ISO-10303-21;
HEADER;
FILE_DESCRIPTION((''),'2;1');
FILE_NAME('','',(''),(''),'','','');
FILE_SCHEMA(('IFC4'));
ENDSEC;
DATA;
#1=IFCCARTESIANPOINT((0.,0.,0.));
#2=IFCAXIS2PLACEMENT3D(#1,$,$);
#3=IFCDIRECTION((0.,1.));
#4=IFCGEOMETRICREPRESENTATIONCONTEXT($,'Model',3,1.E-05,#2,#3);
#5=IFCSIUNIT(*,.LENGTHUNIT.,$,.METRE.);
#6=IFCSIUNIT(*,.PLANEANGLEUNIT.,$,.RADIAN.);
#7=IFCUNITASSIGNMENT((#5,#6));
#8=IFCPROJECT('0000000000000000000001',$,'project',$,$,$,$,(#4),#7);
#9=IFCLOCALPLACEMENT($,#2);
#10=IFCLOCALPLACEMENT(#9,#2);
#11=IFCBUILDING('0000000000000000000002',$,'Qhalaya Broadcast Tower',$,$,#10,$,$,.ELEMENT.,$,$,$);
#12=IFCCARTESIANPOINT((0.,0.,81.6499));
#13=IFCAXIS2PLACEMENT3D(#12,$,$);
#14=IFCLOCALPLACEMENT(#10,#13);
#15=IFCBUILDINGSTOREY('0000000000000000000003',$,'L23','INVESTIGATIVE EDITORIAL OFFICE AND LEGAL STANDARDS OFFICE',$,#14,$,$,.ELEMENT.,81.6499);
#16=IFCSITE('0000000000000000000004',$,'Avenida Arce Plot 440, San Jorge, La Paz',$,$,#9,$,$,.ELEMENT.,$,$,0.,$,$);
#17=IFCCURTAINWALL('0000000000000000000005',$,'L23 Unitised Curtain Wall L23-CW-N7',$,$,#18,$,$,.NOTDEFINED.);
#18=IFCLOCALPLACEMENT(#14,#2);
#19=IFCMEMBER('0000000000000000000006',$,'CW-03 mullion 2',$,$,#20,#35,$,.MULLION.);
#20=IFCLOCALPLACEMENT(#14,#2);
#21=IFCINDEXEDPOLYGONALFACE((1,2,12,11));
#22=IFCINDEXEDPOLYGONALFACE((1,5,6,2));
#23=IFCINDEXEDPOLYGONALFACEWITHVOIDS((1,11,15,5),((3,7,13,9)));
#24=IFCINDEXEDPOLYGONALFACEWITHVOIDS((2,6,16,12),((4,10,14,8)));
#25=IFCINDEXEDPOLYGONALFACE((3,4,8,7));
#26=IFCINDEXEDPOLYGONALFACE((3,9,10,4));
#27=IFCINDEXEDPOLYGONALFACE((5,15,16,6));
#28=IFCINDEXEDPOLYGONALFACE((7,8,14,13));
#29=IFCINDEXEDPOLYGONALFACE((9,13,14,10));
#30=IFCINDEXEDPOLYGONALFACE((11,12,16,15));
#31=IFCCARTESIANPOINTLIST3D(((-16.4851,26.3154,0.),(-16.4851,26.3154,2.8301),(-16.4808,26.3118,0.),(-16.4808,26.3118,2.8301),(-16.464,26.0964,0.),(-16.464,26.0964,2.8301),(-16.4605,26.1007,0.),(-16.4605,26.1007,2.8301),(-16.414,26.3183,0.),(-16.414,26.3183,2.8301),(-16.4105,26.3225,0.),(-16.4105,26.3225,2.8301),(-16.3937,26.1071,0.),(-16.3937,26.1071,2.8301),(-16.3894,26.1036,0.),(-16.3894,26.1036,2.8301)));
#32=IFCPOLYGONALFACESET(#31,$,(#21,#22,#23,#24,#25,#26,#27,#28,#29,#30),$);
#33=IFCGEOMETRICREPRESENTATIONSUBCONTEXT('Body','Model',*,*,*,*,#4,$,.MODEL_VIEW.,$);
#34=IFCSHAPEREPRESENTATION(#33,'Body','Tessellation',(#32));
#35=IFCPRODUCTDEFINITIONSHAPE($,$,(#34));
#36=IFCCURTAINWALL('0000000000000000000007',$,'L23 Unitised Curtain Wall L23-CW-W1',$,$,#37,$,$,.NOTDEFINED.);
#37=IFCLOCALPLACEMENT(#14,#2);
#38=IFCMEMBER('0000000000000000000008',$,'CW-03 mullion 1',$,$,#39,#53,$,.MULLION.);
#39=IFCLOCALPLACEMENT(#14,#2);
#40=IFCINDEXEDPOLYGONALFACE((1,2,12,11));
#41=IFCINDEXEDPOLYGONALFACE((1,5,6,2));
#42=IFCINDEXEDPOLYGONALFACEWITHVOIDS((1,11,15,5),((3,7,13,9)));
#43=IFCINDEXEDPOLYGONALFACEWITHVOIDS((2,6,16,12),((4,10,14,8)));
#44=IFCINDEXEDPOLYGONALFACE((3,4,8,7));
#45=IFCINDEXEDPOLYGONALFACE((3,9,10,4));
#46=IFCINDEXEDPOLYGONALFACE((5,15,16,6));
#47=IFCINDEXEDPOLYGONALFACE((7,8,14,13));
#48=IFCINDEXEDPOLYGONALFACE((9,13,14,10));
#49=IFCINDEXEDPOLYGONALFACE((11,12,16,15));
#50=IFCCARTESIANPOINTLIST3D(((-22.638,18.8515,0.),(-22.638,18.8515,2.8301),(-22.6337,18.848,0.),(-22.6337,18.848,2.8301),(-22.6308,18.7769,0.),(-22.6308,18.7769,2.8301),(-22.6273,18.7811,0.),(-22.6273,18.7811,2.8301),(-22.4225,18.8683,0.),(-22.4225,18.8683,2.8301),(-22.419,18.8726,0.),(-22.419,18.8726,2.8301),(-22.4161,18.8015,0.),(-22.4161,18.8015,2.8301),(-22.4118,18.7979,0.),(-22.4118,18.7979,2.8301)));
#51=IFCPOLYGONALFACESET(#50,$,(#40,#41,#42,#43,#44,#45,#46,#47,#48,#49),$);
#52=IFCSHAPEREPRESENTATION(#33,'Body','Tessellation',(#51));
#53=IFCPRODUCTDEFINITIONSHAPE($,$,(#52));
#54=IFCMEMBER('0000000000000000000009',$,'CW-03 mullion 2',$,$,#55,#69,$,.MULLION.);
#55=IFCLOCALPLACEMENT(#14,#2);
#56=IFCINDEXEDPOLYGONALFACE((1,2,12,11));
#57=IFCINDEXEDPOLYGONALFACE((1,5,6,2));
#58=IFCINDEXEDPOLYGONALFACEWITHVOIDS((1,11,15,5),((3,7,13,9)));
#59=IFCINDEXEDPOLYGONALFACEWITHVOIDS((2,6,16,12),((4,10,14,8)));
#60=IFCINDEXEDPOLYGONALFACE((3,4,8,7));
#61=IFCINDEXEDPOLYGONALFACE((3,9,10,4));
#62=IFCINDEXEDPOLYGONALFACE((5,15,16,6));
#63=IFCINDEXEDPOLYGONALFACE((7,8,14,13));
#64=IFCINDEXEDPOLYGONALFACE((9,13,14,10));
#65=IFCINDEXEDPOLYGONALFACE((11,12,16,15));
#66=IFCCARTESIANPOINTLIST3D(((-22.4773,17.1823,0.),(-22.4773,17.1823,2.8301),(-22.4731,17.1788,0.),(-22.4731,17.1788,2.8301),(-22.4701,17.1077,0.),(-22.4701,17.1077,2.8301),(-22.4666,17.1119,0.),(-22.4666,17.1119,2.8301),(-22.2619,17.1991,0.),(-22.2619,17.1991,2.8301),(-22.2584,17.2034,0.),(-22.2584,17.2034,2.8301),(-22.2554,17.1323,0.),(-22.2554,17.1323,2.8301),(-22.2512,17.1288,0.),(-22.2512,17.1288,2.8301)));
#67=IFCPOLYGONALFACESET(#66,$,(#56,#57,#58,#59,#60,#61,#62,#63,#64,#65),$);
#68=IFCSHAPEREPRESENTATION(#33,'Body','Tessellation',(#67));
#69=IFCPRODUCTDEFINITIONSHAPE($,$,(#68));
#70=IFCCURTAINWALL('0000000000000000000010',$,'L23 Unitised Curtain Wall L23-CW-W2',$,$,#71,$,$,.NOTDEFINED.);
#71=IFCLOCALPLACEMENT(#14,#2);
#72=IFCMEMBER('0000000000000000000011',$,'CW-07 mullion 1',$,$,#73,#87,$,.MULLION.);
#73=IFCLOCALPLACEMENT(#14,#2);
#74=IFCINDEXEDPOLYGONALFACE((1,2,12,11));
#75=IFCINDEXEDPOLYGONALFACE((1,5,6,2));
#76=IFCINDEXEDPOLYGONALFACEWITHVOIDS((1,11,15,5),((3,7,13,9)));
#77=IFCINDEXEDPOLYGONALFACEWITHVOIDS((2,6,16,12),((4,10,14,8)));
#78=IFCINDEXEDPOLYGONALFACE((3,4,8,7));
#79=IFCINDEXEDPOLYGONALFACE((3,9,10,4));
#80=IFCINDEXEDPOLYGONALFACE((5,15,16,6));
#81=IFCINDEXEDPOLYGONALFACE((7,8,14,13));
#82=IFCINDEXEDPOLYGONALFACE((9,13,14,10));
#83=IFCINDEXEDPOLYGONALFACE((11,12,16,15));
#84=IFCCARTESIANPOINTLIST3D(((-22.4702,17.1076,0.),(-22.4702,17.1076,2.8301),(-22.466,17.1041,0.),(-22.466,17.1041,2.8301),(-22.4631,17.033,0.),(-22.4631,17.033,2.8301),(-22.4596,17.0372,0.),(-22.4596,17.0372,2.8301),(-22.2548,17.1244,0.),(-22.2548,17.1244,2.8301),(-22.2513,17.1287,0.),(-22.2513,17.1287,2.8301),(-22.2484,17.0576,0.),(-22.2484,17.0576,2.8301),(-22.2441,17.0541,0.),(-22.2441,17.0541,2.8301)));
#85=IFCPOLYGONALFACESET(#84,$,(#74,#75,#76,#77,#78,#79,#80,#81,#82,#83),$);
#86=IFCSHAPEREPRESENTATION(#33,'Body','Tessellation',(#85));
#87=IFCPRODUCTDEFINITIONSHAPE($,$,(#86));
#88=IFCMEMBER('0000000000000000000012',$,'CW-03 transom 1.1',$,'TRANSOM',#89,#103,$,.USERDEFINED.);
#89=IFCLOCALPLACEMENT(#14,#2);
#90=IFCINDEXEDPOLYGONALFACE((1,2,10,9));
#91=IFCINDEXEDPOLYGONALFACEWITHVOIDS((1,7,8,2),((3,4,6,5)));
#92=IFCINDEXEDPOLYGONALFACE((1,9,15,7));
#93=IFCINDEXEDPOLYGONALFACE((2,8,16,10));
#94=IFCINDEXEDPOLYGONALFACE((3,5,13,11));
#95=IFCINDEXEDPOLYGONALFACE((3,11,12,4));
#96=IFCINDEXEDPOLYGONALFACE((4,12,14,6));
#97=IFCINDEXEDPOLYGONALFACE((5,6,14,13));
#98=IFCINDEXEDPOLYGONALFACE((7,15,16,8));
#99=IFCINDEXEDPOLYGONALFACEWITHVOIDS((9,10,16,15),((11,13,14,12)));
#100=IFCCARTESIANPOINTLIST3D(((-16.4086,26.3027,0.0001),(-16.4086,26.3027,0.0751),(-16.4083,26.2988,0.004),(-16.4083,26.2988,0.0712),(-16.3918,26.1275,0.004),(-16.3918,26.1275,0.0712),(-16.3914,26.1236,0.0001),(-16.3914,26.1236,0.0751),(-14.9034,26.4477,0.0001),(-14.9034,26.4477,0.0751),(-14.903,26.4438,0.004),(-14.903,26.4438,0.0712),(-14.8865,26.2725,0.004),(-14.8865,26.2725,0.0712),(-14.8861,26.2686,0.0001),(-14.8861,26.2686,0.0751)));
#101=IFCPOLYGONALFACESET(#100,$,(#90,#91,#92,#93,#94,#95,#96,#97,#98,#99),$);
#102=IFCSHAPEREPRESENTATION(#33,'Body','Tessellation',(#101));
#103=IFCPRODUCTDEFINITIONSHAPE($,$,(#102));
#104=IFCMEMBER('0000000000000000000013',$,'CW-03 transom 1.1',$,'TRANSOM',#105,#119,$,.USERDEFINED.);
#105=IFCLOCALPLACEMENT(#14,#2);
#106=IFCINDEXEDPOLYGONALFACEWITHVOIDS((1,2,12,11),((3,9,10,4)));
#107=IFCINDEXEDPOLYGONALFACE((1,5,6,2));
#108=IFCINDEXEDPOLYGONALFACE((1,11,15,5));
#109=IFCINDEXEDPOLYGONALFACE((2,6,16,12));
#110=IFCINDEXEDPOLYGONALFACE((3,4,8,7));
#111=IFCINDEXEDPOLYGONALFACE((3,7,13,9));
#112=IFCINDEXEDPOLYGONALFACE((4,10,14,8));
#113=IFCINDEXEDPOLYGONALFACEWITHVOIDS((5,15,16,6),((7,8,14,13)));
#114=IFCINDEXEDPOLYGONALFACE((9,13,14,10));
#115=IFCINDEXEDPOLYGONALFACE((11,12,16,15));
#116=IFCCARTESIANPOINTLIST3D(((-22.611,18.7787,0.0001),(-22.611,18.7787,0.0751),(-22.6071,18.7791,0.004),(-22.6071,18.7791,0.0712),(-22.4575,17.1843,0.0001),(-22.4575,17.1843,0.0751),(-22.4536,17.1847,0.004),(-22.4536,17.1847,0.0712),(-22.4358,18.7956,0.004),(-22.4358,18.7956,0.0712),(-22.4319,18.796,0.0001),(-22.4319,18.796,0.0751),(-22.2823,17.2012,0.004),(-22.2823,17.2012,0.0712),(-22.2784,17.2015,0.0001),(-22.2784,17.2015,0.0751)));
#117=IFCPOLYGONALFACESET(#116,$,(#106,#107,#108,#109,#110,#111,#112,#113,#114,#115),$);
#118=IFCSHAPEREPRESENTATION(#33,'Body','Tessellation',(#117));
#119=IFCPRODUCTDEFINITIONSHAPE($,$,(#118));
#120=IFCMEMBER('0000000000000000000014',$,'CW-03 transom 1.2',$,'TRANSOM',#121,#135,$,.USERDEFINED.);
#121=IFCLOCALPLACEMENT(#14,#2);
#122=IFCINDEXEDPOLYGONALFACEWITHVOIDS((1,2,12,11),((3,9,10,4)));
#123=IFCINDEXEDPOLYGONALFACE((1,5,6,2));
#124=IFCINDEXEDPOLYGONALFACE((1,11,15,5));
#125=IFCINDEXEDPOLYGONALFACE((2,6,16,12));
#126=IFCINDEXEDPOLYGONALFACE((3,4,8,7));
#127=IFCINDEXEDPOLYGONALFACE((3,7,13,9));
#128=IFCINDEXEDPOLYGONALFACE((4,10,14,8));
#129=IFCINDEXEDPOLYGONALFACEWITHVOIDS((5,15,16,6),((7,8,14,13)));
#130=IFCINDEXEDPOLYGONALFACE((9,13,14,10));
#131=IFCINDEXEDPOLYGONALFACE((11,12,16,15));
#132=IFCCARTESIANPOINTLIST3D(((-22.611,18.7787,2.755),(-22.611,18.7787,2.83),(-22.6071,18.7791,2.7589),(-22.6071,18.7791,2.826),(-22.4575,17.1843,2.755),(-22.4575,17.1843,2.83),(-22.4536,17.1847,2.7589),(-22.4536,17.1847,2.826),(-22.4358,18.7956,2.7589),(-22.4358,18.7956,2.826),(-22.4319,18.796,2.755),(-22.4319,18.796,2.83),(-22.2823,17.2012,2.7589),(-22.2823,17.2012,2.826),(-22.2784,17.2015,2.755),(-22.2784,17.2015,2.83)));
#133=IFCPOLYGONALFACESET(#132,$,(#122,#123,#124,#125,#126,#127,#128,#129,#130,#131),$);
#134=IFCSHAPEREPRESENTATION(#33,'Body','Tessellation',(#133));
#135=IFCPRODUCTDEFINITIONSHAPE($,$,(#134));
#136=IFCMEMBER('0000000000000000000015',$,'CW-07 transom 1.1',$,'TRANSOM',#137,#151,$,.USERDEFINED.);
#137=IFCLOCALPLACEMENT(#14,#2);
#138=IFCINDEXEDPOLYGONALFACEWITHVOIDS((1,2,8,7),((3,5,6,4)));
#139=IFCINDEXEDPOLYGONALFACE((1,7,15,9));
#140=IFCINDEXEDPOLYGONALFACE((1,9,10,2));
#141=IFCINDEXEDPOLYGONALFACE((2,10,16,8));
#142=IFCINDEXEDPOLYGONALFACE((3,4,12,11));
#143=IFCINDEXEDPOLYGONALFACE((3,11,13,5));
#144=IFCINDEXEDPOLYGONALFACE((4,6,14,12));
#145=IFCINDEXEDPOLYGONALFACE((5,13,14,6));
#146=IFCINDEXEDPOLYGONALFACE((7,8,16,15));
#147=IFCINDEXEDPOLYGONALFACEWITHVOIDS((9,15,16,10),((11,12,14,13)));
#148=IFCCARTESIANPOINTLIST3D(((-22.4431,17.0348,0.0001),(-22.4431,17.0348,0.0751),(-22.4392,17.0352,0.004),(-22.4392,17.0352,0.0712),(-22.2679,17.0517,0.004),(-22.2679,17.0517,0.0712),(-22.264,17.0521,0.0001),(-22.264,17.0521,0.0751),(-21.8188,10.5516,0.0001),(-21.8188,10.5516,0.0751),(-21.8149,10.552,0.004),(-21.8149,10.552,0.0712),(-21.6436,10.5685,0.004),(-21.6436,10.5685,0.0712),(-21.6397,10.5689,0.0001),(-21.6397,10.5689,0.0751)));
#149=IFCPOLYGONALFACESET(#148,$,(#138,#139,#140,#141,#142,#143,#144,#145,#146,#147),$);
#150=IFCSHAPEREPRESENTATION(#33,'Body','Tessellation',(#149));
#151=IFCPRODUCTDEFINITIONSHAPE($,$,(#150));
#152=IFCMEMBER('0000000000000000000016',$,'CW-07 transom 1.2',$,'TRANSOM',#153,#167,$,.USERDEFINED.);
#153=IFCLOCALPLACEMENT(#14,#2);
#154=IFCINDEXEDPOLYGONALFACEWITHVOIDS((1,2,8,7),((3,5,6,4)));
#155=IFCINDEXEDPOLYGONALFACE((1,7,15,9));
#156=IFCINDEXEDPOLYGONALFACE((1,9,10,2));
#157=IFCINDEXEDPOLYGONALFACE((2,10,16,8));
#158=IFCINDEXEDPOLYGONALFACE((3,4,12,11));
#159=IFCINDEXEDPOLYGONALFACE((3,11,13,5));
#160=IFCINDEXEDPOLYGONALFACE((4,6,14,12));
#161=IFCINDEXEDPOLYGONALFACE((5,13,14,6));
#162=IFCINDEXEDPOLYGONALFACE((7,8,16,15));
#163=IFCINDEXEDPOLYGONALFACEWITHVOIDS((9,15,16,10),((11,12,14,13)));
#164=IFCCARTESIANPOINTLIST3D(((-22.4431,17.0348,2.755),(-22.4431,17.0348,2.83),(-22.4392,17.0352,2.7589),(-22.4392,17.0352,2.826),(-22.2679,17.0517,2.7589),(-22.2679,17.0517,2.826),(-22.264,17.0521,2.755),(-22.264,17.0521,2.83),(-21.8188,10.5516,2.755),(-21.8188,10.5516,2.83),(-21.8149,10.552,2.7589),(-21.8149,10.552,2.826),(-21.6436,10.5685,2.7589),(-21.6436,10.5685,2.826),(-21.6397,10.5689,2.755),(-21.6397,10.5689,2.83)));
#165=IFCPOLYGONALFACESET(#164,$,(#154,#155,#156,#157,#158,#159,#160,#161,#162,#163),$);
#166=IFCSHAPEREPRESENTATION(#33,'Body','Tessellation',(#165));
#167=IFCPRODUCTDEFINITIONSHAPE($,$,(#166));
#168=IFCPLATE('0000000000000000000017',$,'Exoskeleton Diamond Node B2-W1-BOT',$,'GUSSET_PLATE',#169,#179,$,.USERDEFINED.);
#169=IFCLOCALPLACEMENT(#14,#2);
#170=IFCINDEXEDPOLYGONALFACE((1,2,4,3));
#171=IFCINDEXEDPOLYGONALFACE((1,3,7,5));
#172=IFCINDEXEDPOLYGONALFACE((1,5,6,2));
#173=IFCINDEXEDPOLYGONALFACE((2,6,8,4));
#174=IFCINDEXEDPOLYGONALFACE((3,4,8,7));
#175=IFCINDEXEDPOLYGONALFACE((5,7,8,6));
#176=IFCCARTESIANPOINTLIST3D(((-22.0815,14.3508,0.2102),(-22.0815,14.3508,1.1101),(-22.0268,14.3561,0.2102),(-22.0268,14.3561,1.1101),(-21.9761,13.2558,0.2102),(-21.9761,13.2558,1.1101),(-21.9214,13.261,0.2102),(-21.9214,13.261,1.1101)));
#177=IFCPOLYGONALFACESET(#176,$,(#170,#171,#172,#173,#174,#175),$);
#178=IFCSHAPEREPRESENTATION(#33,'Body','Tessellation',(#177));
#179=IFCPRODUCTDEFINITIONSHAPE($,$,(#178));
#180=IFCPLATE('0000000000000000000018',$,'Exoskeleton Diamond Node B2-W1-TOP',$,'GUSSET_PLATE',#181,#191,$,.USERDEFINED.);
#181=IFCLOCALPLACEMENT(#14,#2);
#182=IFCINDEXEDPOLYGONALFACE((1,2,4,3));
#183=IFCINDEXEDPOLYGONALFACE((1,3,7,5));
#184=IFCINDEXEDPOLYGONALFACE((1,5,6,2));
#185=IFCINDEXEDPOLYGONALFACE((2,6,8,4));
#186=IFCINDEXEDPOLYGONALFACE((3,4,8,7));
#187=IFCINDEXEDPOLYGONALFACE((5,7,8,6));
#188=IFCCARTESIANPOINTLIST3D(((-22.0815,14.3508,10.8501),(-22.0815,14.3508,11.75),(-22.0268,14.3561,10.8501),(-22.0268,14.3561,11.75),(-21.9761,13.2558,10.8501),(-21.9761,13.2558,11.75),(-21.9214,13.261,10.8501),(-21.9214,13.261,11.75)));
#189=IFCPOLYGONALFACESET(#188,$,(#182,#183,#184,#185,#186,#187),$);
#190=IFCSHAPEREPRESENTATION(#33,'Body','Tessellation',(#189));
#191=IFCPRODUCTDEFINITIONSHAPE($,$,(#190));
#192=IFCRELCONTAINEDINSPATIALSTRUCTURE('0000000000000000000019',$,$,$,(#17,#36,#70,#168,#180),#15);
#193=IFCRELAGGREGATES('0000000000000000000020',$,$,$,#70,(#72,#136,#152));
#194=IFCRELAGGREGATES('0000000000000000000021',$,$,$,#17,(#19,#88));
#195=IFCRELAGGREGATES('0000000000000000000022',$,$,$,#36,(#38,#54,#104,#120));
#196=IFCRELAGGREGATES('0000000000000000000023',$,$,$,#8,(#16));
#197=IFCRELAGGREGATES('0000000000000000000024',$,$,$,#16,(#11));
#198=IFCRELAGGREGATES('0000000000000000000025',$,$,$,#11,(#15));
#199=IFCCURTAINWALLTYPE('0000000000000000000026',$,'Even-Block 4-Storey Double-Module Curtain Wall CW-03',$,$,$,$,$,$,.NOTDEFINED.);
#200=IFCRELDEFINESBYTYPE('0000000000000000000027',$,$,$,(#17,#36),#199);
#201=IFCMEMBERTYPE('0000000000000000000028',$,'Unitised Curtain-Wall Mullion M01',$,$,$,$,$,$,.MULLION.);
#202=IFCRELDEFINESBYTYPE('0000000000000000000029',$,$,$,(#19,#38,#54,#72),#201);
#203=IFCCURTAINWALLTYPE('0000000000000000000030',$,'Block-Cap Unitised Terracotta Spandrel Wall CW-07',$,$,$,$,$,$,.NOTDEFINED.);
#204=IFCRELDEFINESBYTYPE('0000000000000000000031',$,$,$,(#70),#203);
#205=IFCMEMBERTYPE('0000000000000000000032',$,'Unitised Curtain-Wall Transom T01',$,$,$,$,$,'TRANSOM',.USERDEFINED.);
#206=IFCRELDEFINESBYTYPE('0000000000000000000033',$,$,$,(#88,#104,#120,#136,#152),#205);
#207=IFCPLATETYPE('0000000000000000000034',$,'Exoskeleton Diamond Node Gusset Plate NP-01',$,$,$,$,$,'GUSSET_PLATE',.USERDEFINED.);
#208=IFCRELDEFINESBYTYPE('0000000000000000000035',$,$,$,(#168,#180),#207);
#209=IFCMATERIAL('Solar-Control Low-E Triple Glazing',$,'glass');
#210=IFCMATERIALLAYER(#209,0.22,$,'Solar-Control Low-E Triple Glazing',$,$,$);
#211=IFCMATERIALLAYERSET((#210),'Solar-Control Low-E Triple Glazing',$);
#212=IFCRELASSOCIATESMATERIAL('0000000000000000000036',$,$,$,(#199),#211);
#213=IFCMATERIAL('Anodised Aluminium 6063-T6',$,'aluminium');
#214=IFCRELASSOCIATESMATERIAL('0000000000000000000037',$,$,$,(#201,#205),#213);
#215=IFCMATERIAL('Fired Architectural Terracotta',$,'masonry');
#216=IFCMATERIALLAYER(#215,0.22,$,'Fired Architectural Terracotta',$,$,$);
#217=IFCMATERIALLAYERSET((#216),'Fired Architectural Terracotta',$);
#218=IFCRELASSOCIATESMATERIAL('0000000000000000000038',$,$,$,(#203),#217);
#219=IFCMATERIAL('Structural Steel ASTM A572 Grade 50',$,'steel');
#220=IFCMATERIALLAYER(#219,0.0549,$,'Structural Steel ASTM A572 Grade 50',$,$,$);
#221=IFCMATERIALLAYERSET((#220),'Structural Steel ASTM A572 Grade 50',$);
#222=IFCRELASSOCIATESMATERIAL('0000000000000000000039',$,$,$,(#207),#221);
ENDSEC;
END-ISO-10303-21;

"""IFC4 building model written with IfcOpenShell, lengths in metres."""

from ifc_helpers import new_model, si_unit, direction, frame, origin, origin_2d, place, context, subcontext, project, spatial, rectangle, hollow_rectangle, extrude, material, layer, layer_set, material_profile, profile_set, type_object, element, aggregate, save


model = new_model("IFC4")

# Units and contexts
model_context = context("Model", 3, precision=1e-05, world=origin(), true_north=direction((0.0, 1.0)))
body_context = subcontext(model_context, "Body", "Model", "MODEL_VIEW")
ifc_project = project(units=[si_unit("LENGTHUNIT", "METRE"), si_unit("PLANEANGLEUNIT", "RADIAN")], contexts=[model_context])

# Site, building, storey
site_placement = place(None, origin())
site = spatial("IfcSite", under=ifc_project, at=site_placement, Name="Avenida Arce Plot 440, San Jorge, La Paz", CompositionType="ELEMENT", RefElevation=0.0)
building_placement = place(site_placement, origin())
building = spatial("IfcBuilding", under=site, at=building_placement, Name="Qhalaya Broadcast Tower", CompositionType="ELEMENT")
storey_placement = place(building_placement, frame((0.0, 0.0, 81.6499)))
storey = spatial("IfcBuildingStorey", under=building, at=storey_placement, Name="L23", Description="INVESTIGATIVE EDITORIAL OFFICE AND LEGAL STANDARDS OFFICE", CompositionType="ELEMENT", Elevation=81.6499)

# Shared definitions
ifc_material_1 = material(Name="Structural Steel ASTM A572 Grade 50", Category="steel")

# Curtain wall, member
ifc_material_2 = material(Name="Solar-Control Low-E Triple Glazing", Category="glass")
ifc_layer_1 = layer(ifc_material_2, 0.22, Name="Solar-Control Low-E Triple Glazing")
ifc_layer_set_1 = layer_set([ifc_layer_1], Name="Solar-Control Low-E Triple Glazing")
curtain_wall_type_1 = type_object("IfcCurtainWallType", Name="Even-Block 4-Storey Double-Module Curtain Wall CW-03", PredefinedType="NOTDEFINED", material=ifc_layer_set_1)
curtain_wall_1_placement = place(storey_placement, origin())
curtain_wall_1 = element("IfcCurtainWall", 1, at=curtain_wall_1_placement, inside=storey, type_object=curtain_wall_type_1, Name="L23 Unitised Curtain Wall L23-CW-N7", PredefinedType="NOTDEFINED")
ifc_material_3 = material(Name="Anodised Aluminium 6063-T6", Category="aluminium")
ifc_material_profile_1 = material_profile(ifc_material_3, hollow_rectangle(XDim=0.075, YDim=0.22, WallThickness=0.0039, at=origin_2d()), Name="ALU-MUL 75x220x4")
ifc_profile_set_1 = profile_set([ifc_material_profile_1], Name="Anodised Aluminium 6063-T6")
member_type_1 = type_object("IfcMemberType", Name="Unitised Curtain-Wall Mullion M01", PredefinedType="MULLION", material=ifc_profile_set_1)
member_1_placement = place(storey_placement, frame((-16.4373, 26.2095, 0.0), z_axis=(0.0, 0.0, 1.0), x_axis=(-0.995396, -0.095845, 0.0)))
member_1 = element("IfcMember", 2, at=member_1_placement, type_object=member_type_1, Name="CW-03 mullion 2", PredefinedType="MULLION", context=body_context, shape_type="SweptSolid", body=[
    extrude(hollow_rectangle(XDim=0.075, YDim=0.22, WallThickness=0.0039, at=origin_2d()), origin(), (0.0, 0.0, 1.0), 2.8301),
])

# Curtain wall, members
curtain_wall_2_placement = place(storey_placement, origin())
curtain_wall_2 = element("IfcCurtainWall", 3, at=curtain_wall_2_placement, inside=storey, type_object=curtain_wall_type_1, Name="L23 Unitised Curtain Wall L23-CW-W1", PredefinedType="NOTDEFINED")
member_2_placement = place(storey_placement, frame((-22.5249, 18.8247, 0.0), z_axis=(0.0, 0.0, 1.0), x_axis=(0.095835, -0.995397, 0.0)))
member_2 = element("IfcMember", 4, at=member_2_placement, type_object=member_type_1, Name="CW-03 mullion 1", PredefinedType="MULLION", context=body_context, shape_type="SweptSolid", body=[
    extrude(hollow_rectangle(XDim=0.075, YDim=0.22, WallThickness=0.0039, at=origin_2d()), origin(), (0.0, 0.0, 1.0), 2.8301),
])
member_3_placement = place(storey_placement, frame((-22.3643, 17.1555, 0.0), z_axis=(0.0, 0.0, 1.0), x_axis=(0.095835, -0.995397, 0.0)))
member_3 = element("IfcMember", 5, at=member_3_placement, type_object=member_type_1, Name="CW-03 mullion 2", PredefinedType="MULLION", context=body_context, shape_type="SweptSolid", body=[
    extrude(hollow_rectangle(XDim=0.075, YDim=0.22, WallThickness=0.0039, at=origin_2d()), origin(), (0.0, 0.0, 1.0), 2.8301),
])

# Curtain wall, member
ifc_material_4 = material(Name="Fired Architectural Terracotta", Category="masonry")
ifc_layer_2 = layer(ifc_material_4, 0.22, Name="Fired Architectural Terracotta")
ifc_layer_set_2 = layer_set([ifc_layer_2], Name="Fired Architectural Terracotta")
curtain_wall_type_2 = type_object("IfcCurtainWallType", Name="Block-Cap Unitised Terracotta Spandrel Wall CW-07", PredefinedType="NOTDEFINED", material=ifc_layer_set_2)
curtain_wall_3_placement = place(storey_placement, origin())
curtain_wall_3 = element("IfcCurtainWall", 6, at=curtain_wall_3_placement, inside=storey, type_object=curtain_wall_type_2, Name="L23 Unitised Curtain Wall L23-CW-W2", PredefinedType="NOTDEFINED")
member_4_placement = place(storey_placement, frame((-22.3572, 17.0808, 0.0), z_axis=(0.0, 0.0, 1.0), x_axis=(0.095857, -0.995395, 0.0)))
member_4 = element("IfcMember", 7, at=member_4_placement, type_object=member_type_1, Name="CW-07 mullion 1", PredefinedType="MULLION", context=body_context, shape_type="SweptSolid", body=[
    extrude(hollow_rectangle(XDim=0.075, YDim=0.22, WallThickness=0.0039, at=origin_2d()), origin(), (0.0, 0.0, 1.0), 2.8301),
])

# Members
ifc_material_profile_2 = material_profile(ifc_material_3, hollow_rectangle(XDim=0.075, YDim=0.1799, WallThickness=0.0039, at=origin_2d()), Name="ALU-TRN 75x180x4")
ifc_profile_set_2 = profile_set([ifc_material_profile_2], Name="Anodised Aluminium 6063-T6")
member_type_2 = type_object("IfcMemberType", Name="Unitised Curtain-Wall Transom T01", ElementType="TRANSOM", PredefinedType="USERDEFINED", material=ifc_profile_set_2)
member_5_placement = place(storey_placement, frame((-14.8948, 26.3582, 0.0376), z_axis=(-0.99539, -0.095906, 0.0), x_axis=(0.0, 0.0, 1.0)))
member_5 = element("IfcMember", 8, at=member_5_placement, type_object=member_type_2, Name="CW-03 transom 1.1", ObjectType="TRANSOM", PredefinedType="USERDEFINED", context=body_context, shape_type="SweptSolid", body=[
    extrude(hollow_rectangle(XDim=0.075, YDim=0.1799, WallThickness=0.0039, at=origin_2d()), origin(), (0.0, 0.0, 1.0), 1.5122),
])
member_6_placement = place(storey_placement, frame((-22.5215, 18.7874, 0.0376), z_axis=(0.095866, -0.995394, 0.0), x_axis=(0.0, 0.0, 1.0)))
member_6 = element("IfcMember", 9, at=member_6_placement, type_object=member_type_2, Name="CW-03 transom 1.1", ObjectType="TRANSOM", PredefinedType="USERDEFINED", context=body_context, shape_type="SweptSolid", body=[
    extrude(hollow_rectangle(XDim=0.075, YDim=0.1799, WallThickness=0.0039, at=origin_2d()), origin(), (0.0, 0.0, 1.0), 1.6018),
])
member_7_placement = place(storey_placement, frame((-22.5215, 18.7874, 2.7925), z_axis=(0.095866, -0.995394, 0.0), x_axis=(0.0, 0.0, 1.0)))
member_7 = element("IfcMember", 10, at=member_7_placement, type_object=member_type_2, Name="CW-03 transom 1.2", ObjectType="TRANSOM", PredefinedType="USERDEFINED", context=body_context, shape_type="SweptSolid", body=[
    extrude(hollow_rectangle(XDim=0.075, YDim=0.1799, WallThickness=0.0039, at=origin_2d()), origin(), (0.0, 0.0, 1.0), 1.6018),
])
member_8_placement = place(storey_placement, frame((-22.3535, 17.0435, 0.0376), z_axis=(0.095847, -0.995396, 0.0), x_axis=(0.0, 0.0, 1.0)))
member_8 = element("IfcMember", 11, at=member_8_placement, type_object=member_type_2, Name="CW-07 transom 1.1", ObjectType="TRANSOM", PredefinedType="USERDEFINED", context=body_context, shape_type="SweptSolid", body=[
    extrude(hollow_rectangle(XDim=0.075, YDim=0.1799, WallThickness=0.0039, at=origin_2d()), origin(), (0.0, 0.0, 1.0), 6.5132),
])
member_9_placement = place(storey_placement, frame((-22.3535, 17.0435, 2.7925), z_axis=(0.095847, -0.995396, 0.0), x_axis=(0.0, 0.0, 1.0)))
member_9 = element("IfcMember", 12, at=member_9_placement, type_object=member_type_2, Name="CW-07 transom 1.2", ObjectType="TRANSOM", PredefinedType="USERDEFINED", context=body_context, shape_type="SweptSolid", body=[
    extrude(hollow_rectangle(XDim=0.075, YDim=0.1799, WallThickness=0.0039, at=origin_2d()), origin(), (0.0, 0.0, 1.0), 6.5132),
])

# Plates
ifc_layer_3 = layer(ifc_material_1, 0.0549, Name="Structural Steel ASTM A572 Grade 50")
ifc_layer_set_3 = layer_set([ifc_layer_3], Name="Structural Steel ASTM A572 Grade 50")
plate_type_1 = type_object("IfcPlateType", Name="Exoskeleton Diamond Node Gusset Plate NP-01", ElementType="GUSSET_PLATE", PredefinedType="USERDEFINED", material=ifc_layer_set_3)
for number, where, z_axis, x_axis, name in (
    (13, (-22.0015, 13.8059, 0.2102), (0.0, 0.0, 1.0), (-0.095846, 0.995396, 0.0), "Exoskeleton Diamond Node B2-W1-BOT"),
    (14, (-22.0015, 13.8059, 10.8501), (0.0, 0.0, 1.0), (-0.095846, 0.995396, 0.0), "Exoskeleton Diamond Node B2-W1-TOP"),
):
    element("IfcPlate", number, at=place(storey_placement, frame(where, z_axis=z_axis, x_axis=x_axis)), inside=storey, type_object=plate_type_1, Name=name, ObjectType="GUSSET_PLATE", PredefinedType="USERDEFINED", context=body_context, shape_type="SweptSolid", body=[
        extrude(rectangle(XDim=1.1001, YDim=0.0549, at=origin_2d()), origin(), (0.0, 0.0, 1.0), 0.8999),
    ])

aggregate(curtain_wall_3, [member_4, member_8, member_9])
aggregate(curtain_wall_1, [member_1, member_5])
aggregate(curtain_wall_2, [member_2, member_3, member_6, member_7])

save(model, "model.ifc")
